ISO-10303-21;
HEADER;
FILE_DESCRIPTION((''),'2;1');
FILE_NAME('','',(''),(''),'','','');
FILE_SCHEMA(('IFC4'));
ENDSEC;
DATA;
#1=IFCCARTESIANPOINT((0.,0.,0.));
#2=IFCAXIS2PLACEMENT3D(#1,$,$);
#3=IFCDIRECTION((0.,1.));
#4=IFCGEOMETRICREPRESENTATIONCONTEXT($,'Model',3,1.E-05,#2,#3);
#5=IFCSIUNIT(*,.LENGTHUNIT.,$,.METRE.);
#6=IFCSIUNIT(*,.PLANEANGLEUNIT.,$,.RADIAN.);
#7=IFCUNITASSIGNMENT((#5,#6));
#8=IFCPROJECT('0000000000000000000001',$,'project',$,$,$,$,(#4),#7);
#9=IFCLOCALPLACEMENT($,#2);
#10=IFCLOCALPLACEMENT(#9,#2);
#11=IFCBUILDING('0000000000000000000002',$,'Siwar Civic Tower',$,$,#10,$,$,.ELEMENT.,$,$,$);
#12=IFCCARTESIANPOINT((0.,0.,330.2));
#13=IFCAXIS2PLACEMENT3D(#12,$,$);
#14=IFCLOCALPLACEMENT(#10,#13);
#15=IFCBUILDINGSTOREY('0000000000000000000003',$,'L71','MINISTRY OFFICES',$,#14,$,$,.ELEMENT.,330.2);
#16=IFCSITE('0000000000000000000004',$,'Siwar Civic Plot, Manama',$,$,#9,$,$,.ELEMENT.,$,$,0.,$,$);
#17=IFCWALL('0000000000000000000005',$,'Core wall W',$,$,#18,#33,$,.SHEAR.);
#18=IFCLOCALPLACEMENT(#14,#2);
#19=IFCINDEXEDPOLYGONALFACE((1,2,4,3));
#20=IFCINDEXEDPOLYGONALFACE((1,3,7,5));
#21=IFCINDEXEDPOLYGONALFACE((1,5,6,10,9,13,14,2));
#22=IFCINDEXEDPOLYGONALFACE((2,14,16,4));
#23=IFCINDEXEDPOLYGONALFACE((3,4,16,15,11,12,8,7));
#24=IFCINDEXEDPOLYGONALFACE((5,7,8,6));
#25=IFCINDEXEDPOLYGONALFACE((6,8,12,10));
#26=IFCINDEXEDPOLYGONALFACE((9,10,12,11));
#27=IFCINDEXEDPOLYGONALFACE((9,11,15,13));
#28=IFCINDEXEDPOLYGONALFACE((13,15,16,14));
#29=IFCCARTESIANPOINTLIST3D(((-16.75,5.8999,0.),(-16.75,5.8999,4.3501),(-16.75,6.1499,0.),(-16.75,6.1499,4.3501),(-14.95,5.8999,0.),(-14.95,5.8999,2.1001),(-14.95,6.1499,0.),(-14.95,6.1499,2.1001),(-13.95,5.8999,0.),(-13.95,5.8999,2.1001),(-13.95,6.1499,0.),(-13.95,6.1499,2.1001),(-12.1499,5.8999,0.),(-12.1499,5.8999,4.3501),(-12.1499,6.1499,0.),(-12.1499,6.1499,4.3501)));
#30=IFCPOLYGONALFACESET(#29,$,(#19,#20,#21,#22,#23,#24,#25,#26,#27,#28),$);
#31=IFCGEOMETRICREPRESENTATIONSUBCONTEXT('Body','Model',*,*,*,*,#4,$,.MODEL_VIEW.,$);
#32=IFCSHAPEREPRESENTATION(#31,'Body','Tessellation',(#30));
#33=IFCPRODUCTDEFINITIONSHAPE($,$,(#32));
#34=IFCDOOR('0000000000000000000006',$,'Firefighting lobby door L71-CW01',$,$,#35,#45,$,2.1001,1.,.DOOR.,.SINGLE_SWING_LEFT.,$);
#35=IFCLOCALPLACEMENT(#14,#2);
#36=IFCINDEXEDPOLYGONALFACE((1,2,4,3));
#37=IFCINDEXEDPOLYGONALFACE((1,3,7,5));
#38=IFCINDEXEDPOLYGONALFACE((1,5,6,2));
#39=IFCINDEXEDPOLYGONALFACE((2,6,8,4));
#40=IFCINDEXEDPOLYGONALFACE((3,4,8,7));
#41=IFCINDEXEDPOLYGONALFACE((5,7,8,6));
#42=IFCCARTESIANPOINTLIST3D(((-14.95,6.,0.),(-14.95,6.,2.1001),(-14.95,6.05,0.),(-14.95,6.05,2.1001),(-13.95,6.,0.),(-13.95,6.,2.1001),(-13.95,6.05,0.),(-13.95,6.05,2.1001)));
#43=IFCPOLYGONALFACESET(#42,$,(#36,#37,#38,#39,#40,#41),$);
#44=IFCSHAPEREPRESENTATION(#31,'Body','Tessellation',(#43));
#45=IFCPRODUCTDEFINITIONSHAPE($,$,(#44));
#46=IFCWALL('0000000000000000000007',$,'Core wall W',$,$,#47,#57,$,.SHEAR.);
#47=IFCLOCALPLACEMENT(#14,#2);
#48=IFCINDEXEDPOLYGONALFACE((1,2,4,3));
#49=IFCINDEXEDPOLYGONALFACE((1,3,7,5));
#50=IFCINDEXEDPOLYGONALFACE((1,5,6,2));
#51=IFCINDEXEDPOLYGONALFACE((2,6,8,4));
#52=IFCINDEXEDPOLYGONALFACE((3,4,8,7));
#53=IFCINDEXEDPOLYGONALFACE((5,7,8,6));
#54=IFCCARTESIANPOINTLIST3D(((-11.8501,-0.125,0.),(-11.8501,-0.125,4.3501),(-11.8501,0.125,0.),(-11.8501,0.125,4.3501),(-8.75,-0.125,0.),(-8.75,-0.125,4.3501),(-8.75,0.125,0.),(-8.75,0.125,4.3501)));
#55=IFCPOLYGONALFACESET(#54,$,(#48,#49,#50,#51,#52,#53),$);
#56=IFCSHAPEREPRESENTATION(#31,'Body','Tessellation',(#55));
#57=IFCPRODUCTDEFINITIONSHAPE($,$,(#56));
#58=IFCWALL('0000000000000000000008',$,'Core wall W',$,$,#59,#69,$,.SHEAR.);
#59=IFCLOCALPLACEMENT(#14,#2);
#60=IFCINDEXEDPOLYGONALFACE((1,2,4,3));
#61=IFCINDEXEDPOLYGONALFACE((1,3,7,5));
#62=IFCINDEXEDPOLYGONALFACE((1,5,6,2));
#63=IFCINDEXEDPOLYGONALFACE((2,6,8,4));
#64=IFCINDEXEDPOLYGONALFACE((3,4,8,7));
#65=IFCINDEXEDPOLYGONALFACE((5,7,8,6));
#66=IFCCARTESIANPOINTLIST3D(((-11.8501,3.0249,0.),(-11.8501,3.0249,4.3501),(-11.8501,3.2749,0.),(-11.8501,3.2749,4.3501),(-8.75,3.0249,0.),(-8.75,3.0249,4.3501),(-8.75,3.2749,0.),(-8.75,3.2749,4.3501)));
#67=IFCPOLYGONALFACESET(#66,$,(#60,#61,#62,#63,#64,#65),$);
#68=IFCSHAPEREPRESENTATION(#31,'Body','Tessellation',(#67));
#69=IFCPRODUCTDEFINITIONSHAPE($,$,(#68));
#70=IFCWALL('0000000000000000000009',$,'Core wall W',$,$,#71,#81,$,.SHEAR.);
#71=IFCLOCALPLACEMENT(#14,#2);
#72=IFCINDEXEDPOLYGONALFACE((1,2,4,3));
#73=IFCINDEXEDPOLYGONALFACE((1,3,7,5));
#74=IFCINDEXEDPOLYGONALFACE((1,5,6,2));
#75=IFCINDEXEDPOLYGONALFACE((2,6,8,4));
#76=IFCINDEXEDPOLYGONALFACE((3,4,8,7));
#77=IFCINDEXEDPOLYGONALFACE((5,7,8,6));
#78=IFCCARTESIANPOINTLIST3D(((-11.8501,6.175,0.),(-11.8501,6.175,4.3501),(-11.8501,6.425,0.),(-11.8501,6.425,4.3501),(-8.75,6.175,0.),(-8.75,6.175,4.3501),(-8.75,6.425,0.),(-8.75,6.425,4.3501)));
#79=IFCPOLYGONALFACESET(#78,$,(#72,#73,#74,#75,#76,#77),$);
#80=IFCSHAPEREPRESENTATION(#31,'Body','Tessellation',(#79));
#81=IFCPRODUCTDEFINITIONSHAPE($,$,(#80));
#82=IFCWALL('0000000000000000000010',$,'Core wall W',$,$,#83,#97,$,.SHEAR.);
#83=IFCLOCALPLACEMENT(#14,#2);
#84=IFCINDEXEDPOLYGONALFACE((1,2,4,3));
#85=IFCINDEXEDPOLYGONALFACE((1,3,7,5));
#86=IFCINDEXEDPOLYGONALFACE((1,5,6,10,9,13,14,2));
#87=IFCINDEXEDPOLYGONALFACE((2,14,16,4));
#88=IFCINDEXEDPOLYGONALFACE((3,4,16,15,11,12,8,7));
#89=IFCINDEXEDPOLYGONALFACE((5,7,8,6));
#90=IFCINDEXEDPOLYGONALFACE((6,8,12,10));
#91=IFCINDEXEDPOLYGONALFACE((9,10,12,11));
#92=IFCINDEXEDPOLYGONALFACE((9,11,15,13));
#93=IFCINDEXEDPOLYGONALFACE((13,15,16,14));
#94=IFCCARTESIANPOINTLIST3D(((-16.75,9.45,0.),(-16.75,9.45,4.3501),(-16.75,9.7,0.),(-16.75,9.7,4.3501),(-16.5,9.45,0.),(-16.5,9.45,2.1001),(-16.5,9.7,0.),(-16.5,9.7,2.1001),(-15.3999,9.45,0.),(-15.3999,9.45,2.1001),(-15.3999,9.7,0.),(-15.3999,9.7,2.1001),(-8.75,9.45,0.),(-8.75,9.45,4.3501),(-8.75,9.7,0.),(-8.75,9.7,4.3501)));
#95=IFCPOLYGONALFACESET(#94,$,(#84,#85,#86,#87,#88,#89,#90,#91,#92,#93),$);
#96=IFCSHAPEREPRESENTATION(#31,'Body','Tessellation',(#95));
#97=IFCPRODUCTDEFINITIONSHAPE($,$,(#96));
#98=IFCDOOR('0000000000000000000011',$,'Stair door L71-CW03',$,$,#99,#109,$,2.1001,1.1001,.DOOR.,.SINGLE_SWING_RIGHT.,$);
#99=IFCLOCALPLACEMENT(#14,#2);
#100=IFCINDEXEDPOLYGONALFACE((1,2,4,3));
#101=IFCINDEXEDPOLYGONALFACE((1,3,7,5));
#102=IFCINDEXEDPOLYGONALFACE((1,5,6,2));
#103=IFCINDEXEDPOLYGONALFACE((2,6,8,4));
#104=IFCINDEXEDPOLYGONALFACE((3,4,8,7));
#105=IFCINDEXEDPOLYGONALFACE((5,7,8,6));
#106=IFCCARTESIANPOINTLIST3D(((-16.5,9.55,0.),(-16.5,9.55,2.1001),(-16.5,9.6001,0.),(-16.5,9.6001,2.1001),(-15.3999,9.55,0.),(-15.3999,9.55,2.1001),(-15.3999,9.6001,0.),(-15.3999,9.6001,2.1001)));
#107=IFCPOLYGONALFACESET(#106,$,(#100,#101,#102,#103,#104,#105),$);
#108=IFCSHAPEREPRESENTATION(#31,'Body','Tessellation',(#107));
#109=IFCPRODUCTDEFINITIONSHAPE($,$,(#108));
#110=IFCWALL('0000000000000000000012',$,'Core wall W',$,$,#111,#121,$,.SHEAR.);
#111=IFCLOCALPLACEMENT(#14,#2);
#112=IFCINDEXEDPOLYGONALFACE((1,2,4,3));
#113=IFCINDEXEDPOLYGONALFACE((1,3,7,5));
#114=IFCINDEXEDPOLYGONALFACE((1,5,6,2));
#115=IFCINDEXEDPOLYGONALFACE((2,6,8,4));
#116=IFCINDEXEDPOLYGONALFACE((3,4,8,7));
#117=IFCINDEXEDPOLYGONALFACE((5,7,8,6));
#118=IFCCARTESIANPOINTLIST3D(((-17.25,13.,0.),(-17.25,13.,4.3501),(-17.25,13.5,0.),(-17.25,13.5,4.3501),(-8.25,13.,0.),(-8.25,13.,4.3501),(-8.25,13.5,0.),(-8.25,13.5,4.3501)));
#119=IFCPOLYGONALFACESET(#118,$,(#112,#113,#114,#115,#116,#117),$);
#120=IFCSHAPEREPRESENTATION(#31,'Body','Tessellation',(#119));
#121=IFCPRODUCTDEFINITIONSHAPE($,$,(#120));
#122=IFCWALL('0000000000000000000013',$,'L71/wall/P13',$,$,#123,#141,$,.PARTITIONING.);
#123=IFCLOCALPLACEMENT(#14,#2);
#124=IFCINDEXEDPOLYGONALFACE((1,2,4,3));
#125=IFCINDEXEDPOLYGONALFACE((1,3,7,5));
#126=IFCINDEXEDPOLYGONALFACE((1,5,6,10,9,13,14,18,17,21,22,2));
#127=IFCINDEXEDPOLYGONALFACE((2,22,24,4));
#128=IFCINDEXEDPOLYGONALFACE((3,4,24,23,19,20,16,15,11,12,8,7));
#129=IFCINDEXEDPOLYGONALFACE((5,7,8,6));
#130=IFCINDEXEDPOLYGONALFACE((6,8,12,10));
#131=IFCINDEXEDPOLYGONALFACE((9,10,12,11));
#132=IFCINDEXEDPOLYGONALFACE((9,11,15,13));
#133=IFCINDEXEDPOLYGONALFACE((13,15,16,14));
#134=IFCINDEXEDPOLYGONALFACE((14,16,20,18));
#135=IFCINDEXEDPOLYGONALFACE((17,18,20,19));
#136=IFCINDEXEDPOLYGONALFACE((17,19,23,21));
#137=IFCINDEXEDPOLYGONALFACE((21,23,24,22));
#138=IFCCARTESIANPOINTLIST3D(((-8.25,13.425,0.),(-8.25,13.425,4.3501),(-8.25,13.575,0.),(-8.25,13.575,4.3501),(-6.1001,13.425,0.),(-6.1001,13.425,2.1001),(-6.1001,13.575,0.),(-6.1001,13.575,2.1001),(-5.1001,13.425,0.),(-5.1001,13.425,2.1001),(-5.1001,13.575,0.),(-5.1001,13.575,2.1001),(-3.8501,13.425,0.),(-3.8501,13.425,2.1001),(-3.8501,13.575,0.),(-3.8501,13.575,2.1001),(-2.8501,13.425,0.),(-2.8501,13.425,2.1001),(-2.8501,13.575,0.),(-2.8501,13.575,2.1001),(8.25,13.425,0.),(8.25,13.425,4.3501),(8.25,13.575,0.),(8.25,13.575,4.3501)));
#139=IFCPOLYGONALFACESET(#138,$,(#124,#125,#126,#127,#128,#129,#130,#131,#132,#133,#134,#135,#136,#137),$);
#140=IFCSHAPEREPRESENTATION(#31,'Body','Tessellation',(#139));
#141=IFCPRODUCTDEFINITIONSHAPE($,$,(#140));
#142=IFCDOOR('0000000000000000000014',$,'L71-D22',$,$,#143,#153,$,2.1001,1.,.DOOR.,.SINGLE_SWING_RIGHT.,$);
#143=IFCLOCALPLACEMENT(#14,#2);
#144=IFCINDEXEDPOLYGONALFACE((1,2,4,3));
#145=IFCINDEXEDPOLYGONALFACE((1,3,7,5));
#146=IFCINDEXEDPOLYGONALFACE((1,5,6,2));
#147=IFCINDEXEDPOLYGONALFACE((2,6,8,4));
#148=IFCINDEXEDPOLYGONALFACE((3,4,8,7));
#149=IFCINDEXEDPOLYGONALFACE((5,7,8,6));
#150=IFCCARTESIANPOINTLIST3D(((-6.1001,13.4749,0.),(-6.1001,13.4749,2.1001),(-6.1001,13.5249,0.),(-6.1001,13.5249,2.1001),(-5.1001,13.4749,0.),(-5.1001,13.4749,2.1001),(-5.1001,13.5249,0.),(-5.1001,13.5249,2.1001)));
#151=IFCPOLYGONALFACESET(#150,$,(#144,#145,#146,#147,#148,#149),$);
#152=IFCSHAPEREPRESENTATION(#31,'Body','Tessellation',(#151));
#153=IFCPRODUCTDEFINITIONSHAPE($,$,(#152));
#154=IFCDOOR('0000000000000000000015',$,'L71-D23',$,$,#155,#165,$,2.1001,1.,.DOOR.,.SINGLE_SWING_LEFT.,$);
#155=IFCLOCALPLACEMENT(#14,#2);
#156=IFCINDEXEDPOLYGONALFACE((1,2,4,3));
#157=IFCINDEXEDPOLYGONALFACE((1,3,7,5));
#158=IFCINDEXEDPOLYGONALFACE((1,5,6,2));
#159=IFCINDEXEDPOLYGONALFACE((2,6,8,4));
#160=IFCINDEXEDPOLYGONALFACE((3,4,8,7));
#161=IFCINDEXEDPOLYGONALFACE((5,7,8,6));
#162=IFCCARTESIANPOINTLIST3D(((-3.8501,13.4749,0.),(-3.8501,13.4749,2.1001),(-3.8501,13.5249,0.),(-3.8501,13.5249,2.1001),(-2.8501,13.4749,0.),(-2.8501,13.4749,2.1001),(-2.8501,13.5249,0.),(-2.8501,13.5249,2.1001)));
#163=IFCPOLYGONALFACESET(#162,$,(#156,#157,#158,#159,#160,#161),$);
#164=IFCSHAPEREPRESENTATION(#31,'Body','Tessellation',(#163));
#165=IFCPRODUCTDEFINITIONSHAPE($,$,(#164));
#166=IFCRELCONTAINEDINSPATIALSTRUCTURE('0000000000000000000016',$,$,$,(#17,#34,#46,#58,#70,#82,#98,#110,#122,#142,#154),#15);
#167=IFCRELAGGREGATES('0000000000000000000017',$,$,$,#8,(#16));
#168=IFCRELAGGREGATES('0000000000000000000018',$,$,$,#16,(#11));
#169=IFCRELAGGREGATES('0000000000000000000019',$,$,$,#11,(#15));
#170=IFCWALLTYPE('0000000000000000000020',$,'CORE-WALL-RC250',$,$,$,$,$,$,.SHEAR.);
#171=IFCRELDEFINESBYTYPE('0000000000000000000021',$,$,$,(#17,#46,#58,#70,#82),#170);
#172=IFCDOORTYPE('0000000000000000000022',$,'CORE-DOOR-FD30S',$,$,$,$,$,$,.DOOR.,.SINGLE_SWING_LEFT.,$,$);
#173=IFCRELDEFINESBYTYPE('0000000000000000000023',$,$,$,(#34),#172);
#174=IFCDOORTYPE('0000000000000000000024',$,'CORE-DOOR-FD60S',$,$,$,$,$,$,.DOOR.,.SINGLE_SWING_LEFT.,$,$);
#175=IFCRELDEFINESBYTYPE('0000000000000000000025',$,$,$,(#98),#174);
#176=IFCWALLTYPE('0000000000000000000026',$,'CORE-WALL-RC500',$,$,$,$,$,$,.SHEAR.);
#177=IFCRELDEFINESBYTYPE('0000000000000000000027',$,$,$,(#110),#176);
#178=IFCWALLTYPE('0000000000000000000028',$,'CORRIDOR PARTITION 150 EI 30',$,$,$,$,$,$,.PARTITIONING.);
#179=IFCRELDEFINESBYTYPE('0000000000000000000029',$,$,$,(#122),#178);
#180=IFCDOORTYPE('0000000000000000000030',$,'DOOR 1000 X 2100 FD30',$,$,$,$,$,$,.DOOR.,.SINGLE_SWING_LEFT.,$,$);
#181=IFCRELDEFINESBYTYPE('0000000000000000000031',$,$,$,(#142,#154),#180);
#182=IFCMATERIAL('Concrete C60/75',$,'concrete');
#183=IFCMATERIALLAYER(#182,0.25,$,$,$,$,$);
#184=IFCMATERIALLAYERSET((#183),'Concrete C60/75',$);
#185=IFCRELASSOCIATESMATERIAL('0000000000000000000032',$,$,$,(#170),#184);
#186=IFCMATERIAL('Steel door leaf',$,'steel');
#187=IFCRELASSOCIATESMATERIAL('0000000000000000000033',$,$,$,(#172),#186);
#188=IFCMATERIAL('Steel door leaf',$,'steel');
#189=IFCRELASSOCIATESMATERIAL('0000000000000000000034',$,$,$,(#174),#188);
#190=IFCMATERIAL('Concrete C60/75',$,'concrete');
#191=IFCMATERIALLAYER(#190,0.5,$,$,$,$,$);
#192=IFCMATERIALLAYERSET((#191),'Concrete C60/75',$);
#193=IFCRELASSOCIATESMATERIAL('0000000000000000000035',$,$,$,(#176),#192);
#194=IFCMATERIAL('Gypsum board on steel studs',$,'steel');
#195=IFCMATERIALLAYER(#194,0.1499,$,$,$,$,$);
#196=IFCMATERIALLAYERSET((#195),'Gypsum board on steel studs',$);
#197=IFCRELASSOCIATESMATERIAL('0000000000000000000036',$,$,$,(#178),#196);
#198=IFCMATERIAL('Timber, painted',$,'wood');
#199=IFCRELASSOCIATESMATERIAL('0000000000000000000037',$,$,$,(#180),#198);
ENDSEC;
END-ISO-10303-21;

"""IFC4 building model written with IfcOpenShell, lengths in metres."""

from ifc_helpers import new_model, si_unit, direction, frame, frame_2d, origin, place, context, subcontext, project, spatial, rectangle, extrude, material, layer, layer_set, type_object, element, fill, save


model = new_model("IFC4")

# Units and contexts
model_context = context("Model", 3, precision=1e-05, world=origin(), true_north=direction((0.0, 1.0)))
body_context = subcontext(model_context, "Body", "Model", "MODEL_VIEW")
ifc_project = project(units=[si_unit("LENGTHUNIT", "METRE"), si_unit("PLANEANGLEUNIT", "RADIAN")], contexts=[model_context])

# Site, building, storey
site_placement = place(None, origin())
site = spatial("IfcSite", under=ifc_project, at=site_placement, Name="Siwar Civic Plot, Manama", CompositionType="ELEMENT", RefElevation=0.0)
building_placement = place(site_placement, origin())
building = spatial("IfcBuilding", under=site, at=building_placement, Name="Siwar Civic Tower", CompositionType="ELEMENT")
storey_placement = place(building_placement, frame((0.0, 0.0, 330.2)))
storey = spatial("IfcBuildingStorey", under=building, at=storey_placement, Name="L71", Description="MINISTRY OFFICES", CompositionType="ELEMENT", Elevation=330.2)

# Wall, opening, door
ifc_material_1 = material(Name="Concrete C60/75", Category="concrete")
ifc_layer_1 = layer(ifc_material_1, 0.25)
ifc_layer_set_1 = layer_set([ifc_layer_1], Name="Concrete C60/75")
wall_type_1 = type_object("IfcWallType", Name="CORE-WALL-RC250", PredefinedType="SHEAR", material=ifc_layer_set_1)
wall_1_placement = place(storey_placement, frame((-12.1499, 6.0249, 0.0), z_axis=(0.0, 0.0, 1.0), x_axis=(-1.0, 0.0, 0.0)))
wall_1 = element("IfcWall", 1, at=wall_1_placement, inside=storey, type_object=wall_type_1, Name="Core wall W", PredefinedType="SHEAR", context=body_context, shape_type="SweptSolid", body=[
    extrude(rectangle(XDim=4.6001, YDim=0.25, at=frame_2d((2.3, 0.0))), origin(), (0.0, 0.0, 1.0), 4.3501),
])
opening_1_placement = place(wall_1_placement, frame((1.8, 0.0, 0.0)))
opening_1 = element("IfcOpeningElement", 2, at=opening_1_placement, cuts=wall_1, PredefinedType="OPENING", context=body_context, shape_type="SweptSolid", body=[
    extrude(rectangle(XDim=1.0, YDim=2.1001, at=frame_2d((0.5, 1.05))), frame((0.0, 0.135, 0.0), z_axis=(0.0, -1.0, 0.0), x_axis=(1.0, 0.0, 0.0)), (0.0, 0.0, 1.0), 0.27),
])
ifc_material_2 = material(Name="Steel door leaf", Category="steel")
door_type_1 = type_object("IfcDoorType", Name="CORE-DOOR-FD30S", OperationType="SINGLE_SWING_LEFT", PredefinedType="DOOR", material=ifc_material_2)
door_1_placement = place(opening_1_placement, origin())
door_1 = element("IfcDoor", 3, at=door_1_placement, inside=storey, type_object=door_type_1, Name="Firefighting lobby door L71-CW01", OperationType="SINGLE_SWING_LEFT", OverallHeight=2.1001, OverallWidth=1.0, PredefinedType="DOOR", context=body_context, shape_type="SweptSolid", body=[
    extrude(rectangle(XDim=1.0, YDim=2.1001, at=frame_2d((0.5, 1.05))), frame((0.0, 0.0249, 0.0), z_axis=(0.0, -1.0, 0.0), x_axis=(1.0, 0.0, 0.0)), (0.0, 0.0, 1.0), 0.05),
])
fill(opening_1, door_1)

# Walls
for number, where, z_axis, x_axis, name in (
    (4, (-8.75, 0.0, 0.0), (0.0, 0.0, 1.0), (-1.0, 0.0, 0.0), "Core wall W"),
    (5, (-8.75, 3.1499, 0.0), (0.0, 0.0, 1.0), (-1.0, 0.0, 0.0), "Core wall W"),
    (6, (-8.75, 6.3, 0.0), (0.0, 0.0, 1.0), (-1.0, 0.0, 0.0), "Core wall W"),
):
    element("IfcWall", number, at=place(storey_placement, frame(where, z_axis=z_axis, x_axis=x_axis)), inside=storey, type_object=wall_type_1, Name=name, PredefinedType="SHEAR", context=body_context, shape_type="SweptSolid", body=[
        extrude(rectangle(XDim=3.1001, YDim=0.25, at=frame_2d((1.55, 0.0))), origin(), (0.0, 0.0, 1.0), 4.3501),
    ])

# Wall, opening, door
wall_2_placement = place(storey_placement, frame((-8.75, 9.575, 0.0), z_axis=(0.0, 0.0, 1.0), x_axis=(-1.0, 0.0, 0.0)))
wall_2 = element("IfcWall", 7, at=wall_2_placement, inside=storey, type_object=wall_type_1, Name="Core wall W", PredefinedType="SHEAR", context=body_context, shape_type="SweptSolid", body=[
    extrude(rectangle(XDim=8.0, YDim=0.25, at=frame_2d((4.0, 0.0))), origin(), (0.0, 0.0, 1.0), 4.3501),
])
opening_2_placement = place(wall_2_placement, frame((6.6499, 0.0, 0.0)))
opening_2 = element("IfcOpeningElement", 8, at=opening_2_placement, cuts=wall_2, PredefinedType="OPENING", context=body_context, shape_type="SweptSolid", body=[
    extrude(rectangle(XDim=1.1001, YDim=2.1001, at=frame_2d((0.55, 1.05))), frame((0.0, 0.135, 0.0), z_axis=(0.0, -1.0, 0.0), x_axis=(1.0, 0.0, 0.0)), (0.0, 0.0, 1.0), 0.27),
])
ifc_material_3 = material(Name="Steel door leaf", Category="steel")
door_type_2 = type_object("IfcDoorType", Name="CORE-DOOR-FD60S", OperationType="SINGLE_SWING_LEFT", PredefinedType="DOOR", material=ifc_material_3)
door_2_placement = place(opening_2_placement, origin())
door_2 = element("IfcDoor", 9, at=door_2_placement, inside=storey, type_object=door_type_2, Name="Stair door L71-CW03", OperationType="SINGLE_SWING_RIGHT", OverallHeight=2.1001, OverallWidth=1.1001, PredefinedType="DOOR", context=body_context, shape_type="SweptSolid", body=[
    extrude(rectangle(XDim=1.1001, YDim=2.1001, at=frame_2d((0.55, 1.05))), frame((0.0, 0.0249, 0.0), z_axis=(0.0, -1.0, 0.0), x_axis=(1.0, 0.0, 0.0)), (0.0, 0.0, 1.0), 0.05),
])
fill(opening_2, door_2)

# Wall
ifc_material_4 = material(Name="Concrete C60/75", Category="concrete")
ifc_layer_2 = layer(ifc_material_4, 0.5)
ifc_layer_set_2 = layer_set([ifc_layer_2], Name="Concrete C60/75")
wall_type_2 = type_object("IfcWallType", Name="CORE-WALL-RC500", PredefinedType="SHEAR", material=ifc_layer_set_2)
wall_3_placement = place(storey_placement, frame((-8.25, 13.25, 0.0), z_axis=(0.0, 0.0, 1.0), x_axis=(-1.0, 0.0, 0.0)))
element("IfcWall", 10, at=wall_3_placement, inside=storey, type_object=wall_type_2, Name="Core wall W", PredefinedType="SHEAR", context=body_context, shape_type="SweptSolid", body=[
    extrude(rectangle(XDim=9.0, YDim=0.5, at=frame_2d((4.5, 0.0))), origin(), (0.0, 0.0, 1.0), 4.3501),
])

# Wall, openings, doors
ifc_material_5 = material(Name="Gypsum board on steel studs", Category="steel")
ifc_layer_3 = layer(ifc_material_5, 0.1499)
ifc_layer_set_3 = layer_set([ifc_layer_3], Name="Gypsum board on steel studs")
wall_type_3 = type_object("IfcWallType", Name="CORRIDOR PARTITION 150 EI 30", PredefinedType="PARTITIONING", material=ifc_layer_set_3)
wall_4_placement = place(storey_placement, frame((-8.25, 13.5, 0.0), z_axis=(0.0, 0.0, 1.0), x_axis=(1.0, 0.0, 0.0)))
wall_4 = element("IfcWall", 11, at=wall_4_placement, inside=storey, type_object=wall_type_3, Name="L71/wall/P13", PredefinedType="PARTITIONING", context=body_context, shape_type="SweptSolid", body=[
    extrude(rectangle(XDim=16.5, YDim=0.1499, at=frame_2d((8.25, 0.0))), origin(), (0.0, 0.0, 1.0), 4.3501),
])
opening_3_placement = place(wall_4_placement, frame((2.1499, 0.0, 0.0)))
opening_3 = element("IfcOpeningElement", 12, at=opening_3_placement, cuts=wall_4, PredefinedType="OPENING", context=body_context, shape_type="SweptSolid", body=[
    extrude(rectangle(XDim=1.0, YDim=2.1001, at=frame_2d((0.5, 1.05))), frame((0.0, 0.085, 0.0), z_axis=(0.0, -1.0, 0.0), x_axis=(1.0, 0.0, 0.0)), (0.0, 0.0, 1.0), 0.1699),
])
opening_4_placement = place(wall_4_placement, frame((4.3999, 0.0, 0.0)))
opening_4 = element("IfcOpeningElement", 13, at=opening_4_placement, cuts=wall_4, PredefinedType="OPENING", context=body_context, shape_type="SweptSolid", body=[
    extrude(rectangle(XDim=1.0, YDim=2.1001, at=frame_2d((0.5, 1.05))), frame((0.0, 0.085, 0.0), z_axis=(0.0, -1.0, 0.0), x_axis=(1.0, 0.0, 0.0)), (0.0, 0.0, 1.0), 0.1699),
])
ifc_material_6 = material(Name="Timber, painted", Category="wood")
door_type_3 = type_object("IfcDoorType", Name="DOOR 1000 X 2100 FD30", OperationType="SINGLE_SWING_LEFT", PredefinedType="DOOR", material=ifc_material_6)
door_3_placement = place(opening_3_placement, origin())
door_3 = element("IfcDoor", 14, at=door_3_placement, inside=storey, type_object=door_type_3, Name="L71-D22", OperationType="SINGLE_SWING_RIGHT", OverallHeight=2.1001, OverallWidth=1.0, PredefinedType="DOOR", context=body_context, shape_type="SweptSolid", body=[
    extrude(rectangle(XDim=1.0, YDim=2.1001, at=frame_2d((0.5, 1.05))), frame((0.0, 0.0249, 0.0), z_axis=(0.0, -1.0, 0.0), x_axis=(1.0, 0.0, 0.0)), (0.0, 0.0, 1.0), 0.05),
])
fill(opening_3, door_3)
door_4_placement = place(opening_4_placement, origin())
door_4 = element("IfcDoor", 15, at=door_4_placement, inside=storey, type_object=door_type_3, Name="L71-D23", OperationType="SINGLE_SWING_LEFT", OverallHeight=2.1001, OverallWidth=1.0, PredefinedType="DOOR", context=body_context, shape_type="SweptSolid", body=[
    extrude(rectangle(XDim=1.0, YDim=2.1001, at=frame_2d((0.5, 1.05))), frame((0.0, 0.0249, 0.0), z_axis=(0.0, -1.0, 0.0), x_axis=(1.0, 0.0, 0.0)), (0.0, 0.0, 1.0), 0.05),
])
fill(opening_4, door_4)

save(model, "model.ifc")
